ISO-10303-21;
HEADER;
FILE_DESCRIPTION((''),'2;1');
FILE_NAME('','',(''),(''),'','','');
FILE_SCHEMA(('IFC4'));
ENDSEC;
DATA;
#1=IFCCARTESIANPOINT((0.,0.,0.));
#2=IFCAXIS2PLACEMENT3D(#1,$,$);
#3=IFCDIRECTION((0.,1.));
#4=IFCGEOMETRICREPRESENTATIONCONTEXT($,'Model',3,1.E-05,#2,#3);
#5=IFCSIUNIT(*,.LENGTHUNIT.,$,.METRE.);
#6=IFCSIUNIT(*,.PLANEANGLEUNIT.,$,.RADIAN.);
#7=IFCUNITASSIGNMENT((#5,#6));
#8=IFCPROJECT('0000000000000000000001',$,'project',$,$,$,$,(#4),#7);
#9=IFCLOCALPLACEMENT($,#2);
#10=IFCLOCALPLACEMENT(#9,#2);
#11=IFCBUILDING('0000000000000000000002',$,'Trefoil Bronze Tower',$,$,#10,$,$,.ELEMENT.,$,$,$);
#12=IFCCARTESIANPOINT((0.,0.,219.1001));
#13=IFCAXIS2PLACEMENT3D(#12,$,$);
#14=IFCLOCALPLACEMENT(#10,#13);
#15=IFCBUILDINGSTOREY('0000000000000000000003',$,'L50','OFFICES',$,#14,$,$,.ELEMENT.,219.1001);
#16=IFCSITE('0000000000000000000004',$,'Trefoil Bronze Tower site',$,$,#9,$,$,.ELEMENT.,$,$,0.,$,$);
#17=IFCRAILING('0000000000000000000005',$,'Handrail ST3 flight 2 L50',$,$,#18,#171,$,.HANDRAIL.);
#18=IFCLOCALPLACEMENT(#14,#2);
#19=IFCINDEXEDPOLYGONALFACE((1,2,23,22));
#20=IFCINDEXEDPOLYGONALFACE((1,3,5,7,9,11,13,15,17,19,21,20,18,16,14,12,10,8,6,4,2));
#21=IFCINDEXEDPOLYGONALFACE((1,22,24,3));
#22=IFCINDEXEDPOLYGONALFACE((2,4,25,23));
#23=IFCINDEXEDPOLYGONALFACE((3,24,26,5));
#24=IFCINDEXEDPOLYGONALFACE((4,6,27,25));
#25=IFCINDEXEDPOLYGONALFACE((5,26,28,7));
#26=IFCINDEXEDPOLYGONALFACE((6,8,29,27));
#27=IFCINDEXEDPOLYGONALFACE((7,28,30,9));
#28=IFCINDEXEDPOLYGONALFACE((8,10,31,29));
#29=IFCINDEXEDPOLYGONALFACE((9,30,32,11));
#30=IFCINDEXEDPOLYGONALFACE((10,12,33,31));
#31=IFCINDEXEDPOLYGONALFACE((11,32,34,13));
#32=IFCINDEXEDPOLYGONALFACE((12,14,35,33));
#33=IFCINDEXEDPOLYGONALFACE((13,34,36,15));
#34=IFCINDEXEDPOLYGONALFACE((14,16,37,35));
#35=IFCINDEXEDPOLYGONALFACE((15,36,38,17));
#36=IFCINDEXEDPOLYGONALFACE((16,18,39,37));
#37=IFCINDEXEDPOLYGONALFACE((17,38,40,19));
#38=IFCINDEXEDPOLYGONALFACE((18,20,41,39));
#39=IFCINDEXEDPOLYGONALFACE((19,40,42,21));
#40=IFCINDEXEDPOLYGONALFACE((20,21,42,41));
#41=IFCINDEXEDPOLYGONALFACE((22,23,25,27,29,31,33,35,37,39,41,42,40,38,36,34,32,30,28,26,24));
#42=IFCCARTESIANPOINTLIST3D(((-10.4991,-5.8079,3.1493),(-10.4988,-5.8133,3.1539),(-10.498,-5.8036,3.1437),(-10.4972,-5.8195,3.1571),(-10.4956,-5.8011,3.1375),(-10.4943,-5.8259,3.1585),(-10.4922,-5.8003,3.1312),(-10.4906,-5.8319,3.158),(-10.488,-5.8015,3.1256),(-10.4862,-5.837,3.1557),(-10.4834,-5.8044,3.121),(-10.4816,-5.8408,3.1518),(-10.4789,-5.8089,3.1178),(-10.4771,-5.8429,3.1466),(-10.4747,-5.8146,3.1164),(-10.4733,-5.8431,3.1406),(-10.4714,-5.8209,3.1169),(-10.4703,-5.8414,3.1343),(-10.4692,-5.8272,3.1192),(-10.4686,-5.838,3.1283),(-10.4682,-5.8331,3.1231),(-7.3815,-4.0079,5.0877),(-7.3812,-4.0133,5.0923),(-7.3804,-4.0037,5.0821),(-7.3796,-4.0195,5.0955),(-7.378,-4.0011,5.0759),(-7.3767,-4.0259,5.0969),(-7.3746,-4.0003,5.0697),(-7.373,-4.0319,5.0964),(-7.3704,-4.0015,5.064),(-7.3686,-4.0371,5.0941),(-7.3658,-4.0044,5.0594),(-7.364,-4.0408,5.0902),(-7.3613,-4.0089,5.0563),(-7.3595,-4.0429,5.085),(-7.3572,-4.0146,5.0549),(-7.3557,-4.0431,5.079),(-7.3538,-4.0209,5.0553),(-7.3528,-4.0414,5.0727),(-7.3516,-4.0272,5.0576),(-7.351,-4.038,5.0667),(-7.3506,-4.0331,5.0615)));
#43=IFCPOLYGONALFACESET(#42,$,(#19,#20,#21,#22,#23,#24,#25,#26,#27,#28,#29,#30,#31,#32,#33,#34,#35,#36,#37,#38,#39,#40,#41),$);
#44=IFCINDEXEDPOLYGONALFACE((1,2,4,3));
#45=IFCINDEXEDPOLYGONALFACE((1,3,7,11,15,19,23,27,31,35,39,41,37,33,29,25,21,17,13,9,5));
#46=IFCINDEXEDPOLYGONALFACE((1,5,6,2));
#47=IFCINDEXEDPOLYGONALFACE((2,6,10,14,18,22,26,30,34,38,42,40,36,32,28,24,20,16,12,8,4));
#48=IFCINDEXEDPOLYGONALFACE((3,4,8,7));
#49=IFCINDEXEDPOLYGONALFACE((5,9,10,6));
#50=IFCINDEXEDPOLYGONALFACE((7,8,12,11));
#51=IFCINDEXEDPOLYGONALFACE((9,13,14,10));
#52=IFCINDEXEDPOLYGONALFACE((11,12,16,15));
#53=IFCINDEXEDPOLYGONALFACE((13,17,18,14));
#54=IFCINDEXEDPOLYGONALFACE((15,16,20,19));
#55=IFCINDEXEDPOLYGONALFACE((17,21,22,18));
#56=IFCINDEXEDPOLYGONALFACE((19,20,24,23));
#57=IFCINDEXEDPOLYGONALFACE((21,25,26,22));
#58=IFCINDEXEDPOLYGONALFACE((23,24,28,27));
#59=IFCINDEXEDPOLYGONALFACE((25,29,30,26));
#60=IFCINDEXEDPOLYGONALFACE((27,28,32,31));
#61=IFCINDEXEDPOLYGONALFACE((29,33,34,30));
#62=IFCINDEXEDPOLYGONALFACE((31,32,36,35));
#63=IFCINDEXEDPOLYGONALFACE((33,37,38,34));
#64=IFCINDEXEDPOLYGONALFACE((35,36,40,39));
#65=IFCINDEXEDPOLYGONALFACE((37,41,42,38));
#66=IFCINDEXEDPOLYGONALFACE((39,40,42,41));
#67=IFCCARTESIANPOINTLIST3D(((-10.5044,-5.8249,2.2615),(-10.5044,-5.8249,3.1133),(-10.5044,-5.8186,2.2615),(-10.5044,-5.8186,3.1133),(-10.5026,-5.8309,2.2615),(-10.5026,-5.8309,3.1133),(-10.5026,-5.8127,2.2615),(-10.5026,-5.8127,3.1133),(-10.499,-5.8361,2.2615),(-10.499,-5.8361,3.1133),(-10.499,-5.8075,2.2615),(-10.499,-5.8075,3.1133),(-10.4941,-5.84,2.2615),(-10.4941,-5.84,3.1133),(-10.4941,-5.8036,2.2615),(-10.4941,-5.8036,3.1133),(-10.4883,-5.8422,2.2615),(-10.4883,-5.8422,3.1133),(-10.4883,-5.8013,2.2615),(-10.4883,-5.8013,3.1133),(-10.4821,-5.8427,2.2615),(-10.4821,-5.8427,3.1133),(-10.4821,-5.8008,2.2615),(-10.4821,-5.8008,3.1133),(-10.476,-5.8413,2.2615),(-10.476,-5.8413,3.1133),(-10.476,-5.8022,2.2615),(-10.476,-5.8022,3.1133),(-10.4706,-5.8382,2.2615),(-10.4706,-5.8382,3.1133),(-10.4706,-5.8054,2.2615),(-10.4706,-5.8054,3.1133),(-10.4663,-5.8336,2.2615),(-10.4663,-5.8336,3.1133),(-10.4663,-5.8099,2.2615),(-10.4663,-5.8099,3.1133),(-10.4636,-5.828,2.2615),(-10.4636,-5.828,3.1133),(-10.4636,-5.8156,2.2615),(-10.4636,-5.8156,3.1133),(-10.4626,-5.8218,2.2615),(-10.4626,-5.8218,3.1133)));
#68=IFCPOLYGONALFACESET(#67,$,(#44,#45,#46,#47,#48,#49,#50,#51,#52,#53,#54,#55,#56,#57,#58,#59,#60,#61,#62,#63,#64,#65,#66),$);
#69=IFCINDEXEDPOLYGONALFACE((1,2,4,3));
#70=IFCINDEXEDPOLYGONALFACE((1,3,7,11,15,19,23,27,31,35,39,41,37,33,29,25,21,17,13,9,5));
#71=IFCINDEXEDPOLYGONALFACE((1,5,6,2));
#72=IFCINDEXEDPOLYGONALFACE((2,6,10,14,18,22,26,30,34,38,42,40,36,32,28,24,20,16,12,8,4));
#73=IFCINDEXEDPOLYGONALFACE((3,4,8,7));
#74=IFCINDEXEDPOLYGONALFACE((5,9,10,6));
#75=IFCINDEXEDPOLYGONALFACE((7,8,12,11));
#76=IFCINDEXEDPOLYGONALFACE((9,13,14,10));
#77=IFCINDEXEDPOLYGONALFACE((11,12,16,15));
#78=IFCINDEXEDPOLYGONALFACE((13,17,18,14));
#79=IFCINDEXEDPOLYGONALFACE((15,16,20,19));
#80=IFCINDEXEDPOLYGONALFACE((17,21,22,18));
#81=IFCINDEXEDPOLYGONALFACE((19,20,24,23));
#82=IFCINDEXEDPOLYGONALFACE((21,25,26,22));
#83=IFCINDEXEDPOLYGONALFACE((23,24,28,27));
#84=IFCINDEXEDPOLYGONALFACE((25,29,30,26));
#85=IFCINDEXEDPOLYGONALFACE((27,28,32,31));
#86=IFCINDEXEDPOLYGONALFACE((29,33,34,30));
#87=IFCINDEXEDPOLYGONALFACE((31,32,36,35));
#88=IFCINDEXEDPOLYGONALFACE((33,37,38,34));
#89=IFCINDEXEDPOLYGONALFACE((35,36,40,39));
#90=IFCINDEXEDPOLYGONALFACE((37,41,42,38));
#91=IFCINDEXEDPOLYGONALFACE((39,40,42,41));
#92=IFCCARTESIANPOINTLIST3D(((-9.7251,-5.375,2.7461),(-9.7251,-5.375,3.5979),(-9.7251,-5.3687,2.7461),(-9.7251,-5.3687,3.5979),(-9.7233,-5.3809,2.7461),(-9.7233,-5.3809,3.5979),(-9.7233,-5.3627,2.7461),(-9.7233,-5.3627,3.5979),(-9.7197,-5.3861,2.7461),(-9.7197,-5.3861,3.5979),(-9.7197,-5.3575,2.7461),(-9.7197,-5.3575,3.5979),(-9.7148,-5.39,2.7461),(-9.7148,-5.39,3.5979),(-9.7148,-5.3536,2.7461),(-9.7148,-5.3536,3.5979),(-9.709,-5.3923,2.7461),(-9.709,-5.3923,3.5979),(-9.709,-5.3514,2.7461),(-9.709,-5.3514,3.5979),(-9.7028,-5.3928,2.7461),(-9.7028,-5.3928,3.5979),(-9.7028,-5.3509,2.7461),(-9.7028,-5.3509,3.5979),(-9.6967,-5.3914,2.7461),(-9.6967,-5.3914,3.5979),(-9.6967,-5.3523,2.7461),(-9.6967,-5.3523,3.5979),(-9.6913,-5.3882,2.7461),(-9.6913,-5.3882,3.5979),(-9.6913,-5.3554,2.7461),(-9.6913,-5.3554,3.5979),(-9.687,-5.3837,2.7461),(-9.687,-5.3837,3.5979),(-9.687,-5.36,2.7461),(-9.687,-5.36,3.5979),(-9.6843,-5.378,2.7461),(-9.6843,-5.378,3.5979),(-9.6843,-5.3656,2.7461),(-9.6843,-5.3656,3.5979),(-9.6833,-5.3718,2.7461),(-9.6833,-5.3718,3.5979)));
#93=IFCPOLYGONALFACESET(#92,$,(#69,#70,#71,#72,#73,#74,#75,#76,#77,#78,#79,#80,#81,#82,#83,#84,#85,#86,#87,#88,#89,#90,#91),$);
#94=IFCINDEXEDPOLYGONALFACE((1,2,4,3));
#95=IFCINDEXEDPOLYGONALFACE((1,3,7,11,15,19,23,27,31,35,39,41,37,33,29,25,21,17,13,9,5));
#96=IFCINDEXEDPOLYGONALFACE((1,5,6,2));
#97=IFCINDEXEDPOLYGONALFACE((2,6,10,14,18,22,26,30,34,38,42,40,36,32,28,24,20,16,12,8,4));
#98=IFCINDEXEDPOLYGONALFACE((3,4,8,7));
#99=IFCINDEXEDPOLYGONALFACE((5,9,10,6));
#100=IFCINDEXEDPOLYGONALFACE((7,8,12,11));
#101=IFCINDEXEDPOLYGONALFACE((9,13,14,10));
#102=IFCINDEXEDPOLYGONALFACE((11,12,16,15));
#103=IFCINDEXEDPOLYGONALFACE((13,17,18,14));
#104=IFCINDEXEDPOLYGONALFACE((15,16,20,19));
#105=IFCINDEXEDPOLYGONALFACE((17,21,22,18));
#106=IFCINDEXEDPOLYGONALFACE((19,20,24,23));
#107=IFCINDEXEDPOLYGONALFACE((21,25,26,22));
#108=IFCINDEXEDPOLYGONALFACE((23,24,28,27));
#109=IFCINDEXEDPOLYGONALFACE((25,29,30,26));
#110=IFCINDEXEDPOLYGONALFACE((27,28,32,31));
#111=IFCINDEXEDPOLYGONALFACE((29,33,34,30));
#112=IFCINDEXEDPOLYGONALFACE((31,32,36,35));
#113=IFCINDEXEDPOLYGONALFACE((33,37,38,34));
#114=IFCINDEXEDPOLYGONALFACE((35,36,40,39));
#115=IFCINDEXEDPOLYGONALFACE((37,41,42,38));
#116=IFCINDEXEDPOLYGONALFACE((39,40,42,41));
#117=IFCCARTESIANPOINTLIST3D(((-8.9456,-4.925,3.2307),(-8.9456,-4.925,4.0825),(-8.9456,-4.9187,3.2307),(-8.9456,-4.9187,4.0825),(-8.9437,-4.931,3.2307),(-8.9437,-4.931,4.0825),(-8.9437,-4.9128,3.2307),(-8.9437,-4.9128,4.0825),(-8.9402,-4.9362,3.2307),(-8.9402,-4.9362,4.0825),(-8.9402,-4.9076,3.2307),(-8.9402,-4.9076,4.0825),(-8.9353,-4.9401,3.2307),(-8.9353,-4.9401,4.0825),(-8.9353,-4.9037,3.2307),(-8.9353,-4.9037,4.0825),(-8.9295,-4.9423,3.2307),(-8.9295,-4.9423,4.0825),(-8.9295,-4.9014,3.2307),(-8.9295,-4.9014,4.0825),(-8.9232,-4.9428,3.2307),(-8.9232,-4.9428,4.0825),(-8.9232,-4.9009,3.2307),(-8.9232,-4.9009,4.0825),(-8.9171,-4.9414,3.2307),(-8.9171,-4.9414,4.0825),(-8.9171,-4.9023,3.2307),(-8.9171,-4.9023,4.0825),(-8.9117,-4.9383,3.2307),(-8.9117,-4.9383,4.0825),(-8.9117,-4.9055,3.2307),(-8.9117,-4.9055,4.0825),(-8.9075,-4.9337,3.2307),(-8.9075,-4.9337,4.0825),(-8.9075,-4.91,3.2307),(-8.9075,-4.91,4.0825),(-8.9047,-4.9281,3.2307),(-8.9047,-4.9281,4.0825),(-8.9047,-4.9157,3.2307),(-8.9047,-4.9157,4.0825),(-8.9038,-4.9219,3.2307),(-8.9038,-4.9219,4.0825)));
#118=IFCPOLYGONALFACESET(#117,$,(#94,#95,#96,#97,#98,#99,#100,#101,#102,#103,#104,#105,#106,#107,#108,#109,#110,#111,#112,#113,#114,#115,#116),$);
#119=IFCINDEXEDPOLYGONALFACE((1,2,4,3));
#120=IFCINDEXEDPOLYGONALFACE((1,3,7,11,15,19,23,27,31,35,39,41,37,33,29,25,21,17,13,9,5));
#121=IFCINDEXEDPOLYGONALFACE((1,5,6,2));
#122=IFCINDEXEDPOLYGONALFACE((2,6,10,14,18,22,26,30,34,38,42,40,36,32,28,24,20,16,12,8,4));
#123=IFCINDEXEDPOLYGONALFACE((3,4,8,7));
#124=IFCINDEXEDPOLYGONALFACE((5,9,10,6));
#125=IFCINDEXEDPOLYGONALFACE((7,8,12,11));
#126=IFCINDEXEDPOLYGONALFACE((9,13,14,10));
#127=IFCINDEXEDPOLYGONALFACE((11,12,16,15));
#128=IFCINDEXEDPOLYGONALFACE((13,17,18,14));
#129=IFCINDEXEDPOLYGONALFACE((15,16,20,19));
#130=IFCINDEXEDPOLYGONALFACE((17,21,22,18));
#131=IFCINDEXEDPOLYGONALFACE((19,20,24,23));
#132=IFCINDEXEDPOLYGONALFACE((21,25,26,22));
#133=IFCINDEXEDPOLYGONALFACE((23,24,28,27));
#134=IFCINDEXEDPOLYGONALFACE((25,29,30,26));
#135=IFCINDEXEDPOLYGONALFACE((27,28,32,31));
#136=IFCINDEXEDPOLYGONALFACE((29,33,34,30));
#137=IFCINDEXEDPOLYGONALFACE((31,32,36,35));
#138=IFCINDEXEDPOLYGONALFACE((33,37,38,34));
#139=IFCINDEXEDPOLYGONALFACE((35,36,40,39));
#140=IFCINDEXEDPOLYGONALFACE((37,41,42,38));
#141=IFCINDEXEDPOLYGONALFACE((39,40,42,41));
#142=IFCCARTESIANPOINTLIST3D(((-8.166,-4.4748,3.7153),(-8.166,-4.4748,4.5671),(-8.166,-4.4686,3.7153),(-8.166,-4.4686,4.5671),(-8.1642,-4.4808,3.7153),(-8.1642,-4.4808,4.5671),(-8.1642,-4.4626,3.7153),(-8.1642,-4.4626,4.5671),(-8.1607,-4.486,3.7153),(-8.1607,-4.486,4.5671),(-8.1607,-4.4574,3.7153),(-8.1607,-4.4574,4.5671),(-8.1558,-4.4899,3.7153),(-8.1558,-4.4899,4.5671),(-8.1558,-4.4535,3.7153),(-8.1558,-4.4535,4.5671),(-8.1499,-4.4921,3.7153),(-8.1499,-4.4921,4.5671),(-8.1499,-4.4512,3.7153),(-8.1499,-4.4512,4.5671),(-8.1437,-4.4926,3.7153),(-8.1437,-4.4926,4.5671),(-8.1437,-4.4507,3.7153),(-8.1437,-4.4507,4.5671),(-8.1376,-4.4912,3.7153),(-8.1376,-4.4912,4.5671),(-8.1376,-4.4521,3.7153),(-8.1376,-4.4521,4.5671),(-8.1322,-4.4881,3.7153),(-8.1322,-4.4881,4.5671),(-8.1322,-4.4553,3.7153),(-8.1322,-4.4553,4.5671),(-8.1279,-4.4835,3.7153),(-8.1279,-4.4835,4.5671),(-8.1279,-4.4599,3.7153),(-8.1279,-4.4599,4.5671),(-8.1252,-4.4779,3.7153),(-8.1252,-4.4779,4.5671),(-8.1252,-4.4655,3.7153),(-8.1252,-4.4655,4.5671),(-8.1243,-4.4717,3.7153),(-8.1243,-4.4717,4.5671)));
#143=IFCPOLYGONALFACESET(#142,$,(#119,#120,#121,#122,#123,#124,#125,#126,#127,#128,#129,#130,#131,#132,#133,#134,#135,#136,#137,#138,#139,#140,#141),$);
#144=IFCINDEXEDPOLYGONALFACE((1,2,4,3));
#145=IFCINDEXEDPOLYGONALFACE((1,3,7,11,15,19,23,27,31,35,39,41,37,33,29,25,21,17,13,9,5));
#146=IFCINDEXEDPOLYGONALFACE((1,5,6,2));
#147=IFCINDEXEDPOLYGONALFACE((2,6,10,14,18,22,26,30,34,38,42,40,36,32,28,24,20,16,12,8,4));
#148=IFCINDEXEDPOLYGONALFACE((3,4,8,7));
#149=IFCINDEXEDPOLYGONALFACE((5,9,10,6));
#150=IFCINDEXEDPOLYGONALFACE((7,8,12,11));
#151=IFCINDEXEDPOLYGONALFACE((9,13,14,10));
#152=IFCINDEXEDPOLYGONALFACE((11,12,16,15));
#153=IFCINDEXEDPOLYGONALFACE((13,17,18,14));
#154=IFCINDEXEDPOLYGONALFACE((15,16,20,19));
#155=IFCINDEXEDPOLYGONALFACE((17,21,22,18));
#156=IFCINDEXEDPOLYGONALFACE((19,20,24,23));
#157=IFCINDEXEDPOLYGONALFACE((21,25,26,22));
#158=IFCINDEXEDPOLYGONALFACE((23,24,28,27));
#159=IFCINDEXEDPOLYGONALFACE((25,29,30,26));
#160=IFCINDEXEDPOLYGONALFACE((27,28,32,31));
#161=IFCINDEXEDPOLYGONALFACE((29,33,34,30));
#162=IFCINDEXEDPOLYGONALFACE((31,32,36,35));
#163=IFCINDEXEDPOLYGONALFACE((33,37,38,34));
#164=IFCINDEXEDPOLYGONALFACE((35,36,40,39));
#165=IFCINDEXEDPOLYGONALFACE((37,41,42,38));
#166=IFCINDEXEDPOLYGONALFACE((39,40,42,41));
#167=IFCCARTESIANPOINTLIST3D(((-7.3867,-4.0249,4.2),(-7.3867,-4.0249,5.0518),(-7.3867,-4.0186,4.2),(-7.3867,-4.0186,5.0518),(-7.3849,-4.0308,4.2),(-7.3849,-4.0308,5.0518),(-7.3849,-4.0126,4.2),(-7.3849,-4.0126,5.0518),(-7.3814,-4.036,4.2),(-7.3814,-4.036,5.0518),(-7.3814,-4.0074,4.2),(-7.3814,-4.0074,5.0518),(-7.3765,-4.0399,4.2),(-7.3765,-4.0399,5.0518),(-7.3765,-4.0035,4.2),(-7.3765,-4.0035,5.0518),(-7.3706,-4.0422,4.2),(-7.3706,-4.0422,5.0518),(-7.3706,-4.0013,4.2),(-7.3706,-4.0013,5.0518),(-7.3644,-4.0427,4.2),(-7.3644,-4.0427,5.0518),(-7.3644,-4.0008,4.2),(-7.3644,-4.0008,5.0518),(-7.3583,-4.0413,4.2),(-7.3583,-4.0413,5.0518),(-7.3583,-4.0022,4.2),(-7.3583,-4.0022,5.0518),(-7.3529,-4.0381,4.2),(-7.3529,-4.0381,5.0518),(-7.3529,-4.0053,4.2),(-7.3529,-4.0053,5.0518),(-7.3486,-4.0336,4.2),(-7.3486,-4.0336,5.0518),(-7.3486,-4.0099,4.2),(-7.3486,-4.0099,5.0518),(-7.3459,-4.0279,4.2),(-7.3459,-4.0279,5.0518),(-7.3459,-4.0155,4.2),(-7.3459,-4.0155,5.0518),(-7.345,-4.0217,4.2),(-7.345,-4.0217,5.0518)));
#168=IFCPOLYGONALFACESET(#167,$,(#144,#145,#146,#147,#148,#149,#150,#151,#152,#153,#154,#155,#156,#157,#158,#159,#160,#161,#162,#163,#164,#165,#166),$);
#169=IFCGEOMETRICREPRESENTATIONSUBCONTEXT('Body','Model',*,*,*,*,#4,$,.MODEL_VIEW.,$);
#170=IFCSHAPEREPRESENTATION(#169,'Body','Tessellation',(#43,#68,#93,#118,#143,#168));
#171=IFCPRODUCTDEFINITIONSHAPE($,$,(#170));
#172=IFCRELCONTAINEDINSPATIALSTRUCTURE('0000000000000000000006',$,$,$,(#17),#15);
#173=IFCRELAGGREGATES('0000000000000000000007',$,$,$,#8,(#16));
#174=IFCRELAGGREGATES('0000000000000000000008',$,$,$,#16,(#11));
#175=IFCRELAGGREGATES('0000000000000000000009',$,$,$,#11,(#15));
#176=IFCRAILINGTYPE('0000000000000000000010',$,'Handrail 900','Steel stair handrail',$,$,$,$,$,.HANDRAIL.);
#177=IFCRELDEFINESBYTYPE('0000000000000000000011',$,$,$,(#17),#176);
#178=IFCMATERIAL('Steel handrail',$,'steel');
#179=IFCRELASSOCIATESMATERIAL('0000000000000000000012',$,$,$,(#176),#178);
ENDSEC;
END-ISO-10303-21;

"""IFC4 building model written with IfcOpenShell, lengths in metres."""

from ifc_helpers import new_model, si_unit, direction, frame, origin, origin_2d, place, context, subcontext, project, spatial, circle, extrude, material, type_object, element, save


model = new_model("IFC4")

# Units and contexts
model_context = context("Model", 3, precision=1e-05, world=origin(), true_north=direction((0.0, 1.0)))
body_context = subcontext(model_context, "Body", "Model", "MODEL_VIEW")
ifc_project = project(units=[si_unit("LENGTHUNIT", "METRE"), si_unit("PLANEANGLEUNIT", "RADIAN")], contexts=[model_context])

# Site, building, storey
site_placement = place(None, origin())
site = spatial("IfcSite", under=ifc_project, at=site_placement, Name="Trefoil Bronze Tower site", CompositionType="ELEMENT", RefElevation=0.0)
building_placement = place(site_placement, origin())
building = spatial("IfcBuilding", under=site, at=building_placement, Name="Trefoil Bronze Tower", CompositionType="ELEMENT")
storey_placement = place(building_placement, frame((0.0, 0.0, 219.1001)))
storey = spatial("IfcBuildingStorey", under=building, at=storey_placement, Name="L50", Description="OFFICES", CompositionType="ELEMENT", Elevation=219.1001)

# Railing
ifc_material_1 = material(Name="Steel handrail", Category="steel")
railing_type = type_object("IfcRailingType", Name="Handrail 900", Description="Steel stair handrail", PredefinedType="HANDRAIL", material=ifc_material_1)
railing_placement = place(storey_placement, frame((-10.4836, -5.8218, 2.2615)))
element("IfcRailing", 1, at=railing_placement, inside=storey, type_object=railing_type, Name="Handrail ST3 flight 2 L50", PredefinedType="HANDRAIL", context=body_context, shape_type="SweptSolid", body=[
    extrude(circle(Radius=0.0239, at=origin_2d()), frame((0.0, 0.0, 0.876), z_axis=(0.762503, 0.440246, 0.474102), x_axis=(-0.500012, 0.866018, 0.0)), (0.0, 0.0, 1.0), 4.0886),
    extrude(circle(Radius=0.021, at=origin_2d()), origin(), (0.0, 0.0, 1.0), 0.8518),
    extrude(circle(Radius=0.021, at=origin_2d()), frame((0.7793, 0.45, 0.4846)), (0.0, 0.0, 1.0), 0.8518),
    extrude(circle(Radius=0.021, at=origin_2d()), frame((1.5588, 0.8999, 0.9692)), (0.0, 0.0, 1.0), 0.8518),
    extrude(circle(Radius=0.021, at=origin_2d()), frame((2.3384, 1.3501, 1.4539)), (0.0, 0.0, 1.0), 0.8518),
    extrude(circle(Radius=0.021, at=origin_2d()), frame((3.1177, 1.8, 1.9385)), (0.0, 0.0, 1.0), 0.8518),
])

save(model, "model.ifc")
